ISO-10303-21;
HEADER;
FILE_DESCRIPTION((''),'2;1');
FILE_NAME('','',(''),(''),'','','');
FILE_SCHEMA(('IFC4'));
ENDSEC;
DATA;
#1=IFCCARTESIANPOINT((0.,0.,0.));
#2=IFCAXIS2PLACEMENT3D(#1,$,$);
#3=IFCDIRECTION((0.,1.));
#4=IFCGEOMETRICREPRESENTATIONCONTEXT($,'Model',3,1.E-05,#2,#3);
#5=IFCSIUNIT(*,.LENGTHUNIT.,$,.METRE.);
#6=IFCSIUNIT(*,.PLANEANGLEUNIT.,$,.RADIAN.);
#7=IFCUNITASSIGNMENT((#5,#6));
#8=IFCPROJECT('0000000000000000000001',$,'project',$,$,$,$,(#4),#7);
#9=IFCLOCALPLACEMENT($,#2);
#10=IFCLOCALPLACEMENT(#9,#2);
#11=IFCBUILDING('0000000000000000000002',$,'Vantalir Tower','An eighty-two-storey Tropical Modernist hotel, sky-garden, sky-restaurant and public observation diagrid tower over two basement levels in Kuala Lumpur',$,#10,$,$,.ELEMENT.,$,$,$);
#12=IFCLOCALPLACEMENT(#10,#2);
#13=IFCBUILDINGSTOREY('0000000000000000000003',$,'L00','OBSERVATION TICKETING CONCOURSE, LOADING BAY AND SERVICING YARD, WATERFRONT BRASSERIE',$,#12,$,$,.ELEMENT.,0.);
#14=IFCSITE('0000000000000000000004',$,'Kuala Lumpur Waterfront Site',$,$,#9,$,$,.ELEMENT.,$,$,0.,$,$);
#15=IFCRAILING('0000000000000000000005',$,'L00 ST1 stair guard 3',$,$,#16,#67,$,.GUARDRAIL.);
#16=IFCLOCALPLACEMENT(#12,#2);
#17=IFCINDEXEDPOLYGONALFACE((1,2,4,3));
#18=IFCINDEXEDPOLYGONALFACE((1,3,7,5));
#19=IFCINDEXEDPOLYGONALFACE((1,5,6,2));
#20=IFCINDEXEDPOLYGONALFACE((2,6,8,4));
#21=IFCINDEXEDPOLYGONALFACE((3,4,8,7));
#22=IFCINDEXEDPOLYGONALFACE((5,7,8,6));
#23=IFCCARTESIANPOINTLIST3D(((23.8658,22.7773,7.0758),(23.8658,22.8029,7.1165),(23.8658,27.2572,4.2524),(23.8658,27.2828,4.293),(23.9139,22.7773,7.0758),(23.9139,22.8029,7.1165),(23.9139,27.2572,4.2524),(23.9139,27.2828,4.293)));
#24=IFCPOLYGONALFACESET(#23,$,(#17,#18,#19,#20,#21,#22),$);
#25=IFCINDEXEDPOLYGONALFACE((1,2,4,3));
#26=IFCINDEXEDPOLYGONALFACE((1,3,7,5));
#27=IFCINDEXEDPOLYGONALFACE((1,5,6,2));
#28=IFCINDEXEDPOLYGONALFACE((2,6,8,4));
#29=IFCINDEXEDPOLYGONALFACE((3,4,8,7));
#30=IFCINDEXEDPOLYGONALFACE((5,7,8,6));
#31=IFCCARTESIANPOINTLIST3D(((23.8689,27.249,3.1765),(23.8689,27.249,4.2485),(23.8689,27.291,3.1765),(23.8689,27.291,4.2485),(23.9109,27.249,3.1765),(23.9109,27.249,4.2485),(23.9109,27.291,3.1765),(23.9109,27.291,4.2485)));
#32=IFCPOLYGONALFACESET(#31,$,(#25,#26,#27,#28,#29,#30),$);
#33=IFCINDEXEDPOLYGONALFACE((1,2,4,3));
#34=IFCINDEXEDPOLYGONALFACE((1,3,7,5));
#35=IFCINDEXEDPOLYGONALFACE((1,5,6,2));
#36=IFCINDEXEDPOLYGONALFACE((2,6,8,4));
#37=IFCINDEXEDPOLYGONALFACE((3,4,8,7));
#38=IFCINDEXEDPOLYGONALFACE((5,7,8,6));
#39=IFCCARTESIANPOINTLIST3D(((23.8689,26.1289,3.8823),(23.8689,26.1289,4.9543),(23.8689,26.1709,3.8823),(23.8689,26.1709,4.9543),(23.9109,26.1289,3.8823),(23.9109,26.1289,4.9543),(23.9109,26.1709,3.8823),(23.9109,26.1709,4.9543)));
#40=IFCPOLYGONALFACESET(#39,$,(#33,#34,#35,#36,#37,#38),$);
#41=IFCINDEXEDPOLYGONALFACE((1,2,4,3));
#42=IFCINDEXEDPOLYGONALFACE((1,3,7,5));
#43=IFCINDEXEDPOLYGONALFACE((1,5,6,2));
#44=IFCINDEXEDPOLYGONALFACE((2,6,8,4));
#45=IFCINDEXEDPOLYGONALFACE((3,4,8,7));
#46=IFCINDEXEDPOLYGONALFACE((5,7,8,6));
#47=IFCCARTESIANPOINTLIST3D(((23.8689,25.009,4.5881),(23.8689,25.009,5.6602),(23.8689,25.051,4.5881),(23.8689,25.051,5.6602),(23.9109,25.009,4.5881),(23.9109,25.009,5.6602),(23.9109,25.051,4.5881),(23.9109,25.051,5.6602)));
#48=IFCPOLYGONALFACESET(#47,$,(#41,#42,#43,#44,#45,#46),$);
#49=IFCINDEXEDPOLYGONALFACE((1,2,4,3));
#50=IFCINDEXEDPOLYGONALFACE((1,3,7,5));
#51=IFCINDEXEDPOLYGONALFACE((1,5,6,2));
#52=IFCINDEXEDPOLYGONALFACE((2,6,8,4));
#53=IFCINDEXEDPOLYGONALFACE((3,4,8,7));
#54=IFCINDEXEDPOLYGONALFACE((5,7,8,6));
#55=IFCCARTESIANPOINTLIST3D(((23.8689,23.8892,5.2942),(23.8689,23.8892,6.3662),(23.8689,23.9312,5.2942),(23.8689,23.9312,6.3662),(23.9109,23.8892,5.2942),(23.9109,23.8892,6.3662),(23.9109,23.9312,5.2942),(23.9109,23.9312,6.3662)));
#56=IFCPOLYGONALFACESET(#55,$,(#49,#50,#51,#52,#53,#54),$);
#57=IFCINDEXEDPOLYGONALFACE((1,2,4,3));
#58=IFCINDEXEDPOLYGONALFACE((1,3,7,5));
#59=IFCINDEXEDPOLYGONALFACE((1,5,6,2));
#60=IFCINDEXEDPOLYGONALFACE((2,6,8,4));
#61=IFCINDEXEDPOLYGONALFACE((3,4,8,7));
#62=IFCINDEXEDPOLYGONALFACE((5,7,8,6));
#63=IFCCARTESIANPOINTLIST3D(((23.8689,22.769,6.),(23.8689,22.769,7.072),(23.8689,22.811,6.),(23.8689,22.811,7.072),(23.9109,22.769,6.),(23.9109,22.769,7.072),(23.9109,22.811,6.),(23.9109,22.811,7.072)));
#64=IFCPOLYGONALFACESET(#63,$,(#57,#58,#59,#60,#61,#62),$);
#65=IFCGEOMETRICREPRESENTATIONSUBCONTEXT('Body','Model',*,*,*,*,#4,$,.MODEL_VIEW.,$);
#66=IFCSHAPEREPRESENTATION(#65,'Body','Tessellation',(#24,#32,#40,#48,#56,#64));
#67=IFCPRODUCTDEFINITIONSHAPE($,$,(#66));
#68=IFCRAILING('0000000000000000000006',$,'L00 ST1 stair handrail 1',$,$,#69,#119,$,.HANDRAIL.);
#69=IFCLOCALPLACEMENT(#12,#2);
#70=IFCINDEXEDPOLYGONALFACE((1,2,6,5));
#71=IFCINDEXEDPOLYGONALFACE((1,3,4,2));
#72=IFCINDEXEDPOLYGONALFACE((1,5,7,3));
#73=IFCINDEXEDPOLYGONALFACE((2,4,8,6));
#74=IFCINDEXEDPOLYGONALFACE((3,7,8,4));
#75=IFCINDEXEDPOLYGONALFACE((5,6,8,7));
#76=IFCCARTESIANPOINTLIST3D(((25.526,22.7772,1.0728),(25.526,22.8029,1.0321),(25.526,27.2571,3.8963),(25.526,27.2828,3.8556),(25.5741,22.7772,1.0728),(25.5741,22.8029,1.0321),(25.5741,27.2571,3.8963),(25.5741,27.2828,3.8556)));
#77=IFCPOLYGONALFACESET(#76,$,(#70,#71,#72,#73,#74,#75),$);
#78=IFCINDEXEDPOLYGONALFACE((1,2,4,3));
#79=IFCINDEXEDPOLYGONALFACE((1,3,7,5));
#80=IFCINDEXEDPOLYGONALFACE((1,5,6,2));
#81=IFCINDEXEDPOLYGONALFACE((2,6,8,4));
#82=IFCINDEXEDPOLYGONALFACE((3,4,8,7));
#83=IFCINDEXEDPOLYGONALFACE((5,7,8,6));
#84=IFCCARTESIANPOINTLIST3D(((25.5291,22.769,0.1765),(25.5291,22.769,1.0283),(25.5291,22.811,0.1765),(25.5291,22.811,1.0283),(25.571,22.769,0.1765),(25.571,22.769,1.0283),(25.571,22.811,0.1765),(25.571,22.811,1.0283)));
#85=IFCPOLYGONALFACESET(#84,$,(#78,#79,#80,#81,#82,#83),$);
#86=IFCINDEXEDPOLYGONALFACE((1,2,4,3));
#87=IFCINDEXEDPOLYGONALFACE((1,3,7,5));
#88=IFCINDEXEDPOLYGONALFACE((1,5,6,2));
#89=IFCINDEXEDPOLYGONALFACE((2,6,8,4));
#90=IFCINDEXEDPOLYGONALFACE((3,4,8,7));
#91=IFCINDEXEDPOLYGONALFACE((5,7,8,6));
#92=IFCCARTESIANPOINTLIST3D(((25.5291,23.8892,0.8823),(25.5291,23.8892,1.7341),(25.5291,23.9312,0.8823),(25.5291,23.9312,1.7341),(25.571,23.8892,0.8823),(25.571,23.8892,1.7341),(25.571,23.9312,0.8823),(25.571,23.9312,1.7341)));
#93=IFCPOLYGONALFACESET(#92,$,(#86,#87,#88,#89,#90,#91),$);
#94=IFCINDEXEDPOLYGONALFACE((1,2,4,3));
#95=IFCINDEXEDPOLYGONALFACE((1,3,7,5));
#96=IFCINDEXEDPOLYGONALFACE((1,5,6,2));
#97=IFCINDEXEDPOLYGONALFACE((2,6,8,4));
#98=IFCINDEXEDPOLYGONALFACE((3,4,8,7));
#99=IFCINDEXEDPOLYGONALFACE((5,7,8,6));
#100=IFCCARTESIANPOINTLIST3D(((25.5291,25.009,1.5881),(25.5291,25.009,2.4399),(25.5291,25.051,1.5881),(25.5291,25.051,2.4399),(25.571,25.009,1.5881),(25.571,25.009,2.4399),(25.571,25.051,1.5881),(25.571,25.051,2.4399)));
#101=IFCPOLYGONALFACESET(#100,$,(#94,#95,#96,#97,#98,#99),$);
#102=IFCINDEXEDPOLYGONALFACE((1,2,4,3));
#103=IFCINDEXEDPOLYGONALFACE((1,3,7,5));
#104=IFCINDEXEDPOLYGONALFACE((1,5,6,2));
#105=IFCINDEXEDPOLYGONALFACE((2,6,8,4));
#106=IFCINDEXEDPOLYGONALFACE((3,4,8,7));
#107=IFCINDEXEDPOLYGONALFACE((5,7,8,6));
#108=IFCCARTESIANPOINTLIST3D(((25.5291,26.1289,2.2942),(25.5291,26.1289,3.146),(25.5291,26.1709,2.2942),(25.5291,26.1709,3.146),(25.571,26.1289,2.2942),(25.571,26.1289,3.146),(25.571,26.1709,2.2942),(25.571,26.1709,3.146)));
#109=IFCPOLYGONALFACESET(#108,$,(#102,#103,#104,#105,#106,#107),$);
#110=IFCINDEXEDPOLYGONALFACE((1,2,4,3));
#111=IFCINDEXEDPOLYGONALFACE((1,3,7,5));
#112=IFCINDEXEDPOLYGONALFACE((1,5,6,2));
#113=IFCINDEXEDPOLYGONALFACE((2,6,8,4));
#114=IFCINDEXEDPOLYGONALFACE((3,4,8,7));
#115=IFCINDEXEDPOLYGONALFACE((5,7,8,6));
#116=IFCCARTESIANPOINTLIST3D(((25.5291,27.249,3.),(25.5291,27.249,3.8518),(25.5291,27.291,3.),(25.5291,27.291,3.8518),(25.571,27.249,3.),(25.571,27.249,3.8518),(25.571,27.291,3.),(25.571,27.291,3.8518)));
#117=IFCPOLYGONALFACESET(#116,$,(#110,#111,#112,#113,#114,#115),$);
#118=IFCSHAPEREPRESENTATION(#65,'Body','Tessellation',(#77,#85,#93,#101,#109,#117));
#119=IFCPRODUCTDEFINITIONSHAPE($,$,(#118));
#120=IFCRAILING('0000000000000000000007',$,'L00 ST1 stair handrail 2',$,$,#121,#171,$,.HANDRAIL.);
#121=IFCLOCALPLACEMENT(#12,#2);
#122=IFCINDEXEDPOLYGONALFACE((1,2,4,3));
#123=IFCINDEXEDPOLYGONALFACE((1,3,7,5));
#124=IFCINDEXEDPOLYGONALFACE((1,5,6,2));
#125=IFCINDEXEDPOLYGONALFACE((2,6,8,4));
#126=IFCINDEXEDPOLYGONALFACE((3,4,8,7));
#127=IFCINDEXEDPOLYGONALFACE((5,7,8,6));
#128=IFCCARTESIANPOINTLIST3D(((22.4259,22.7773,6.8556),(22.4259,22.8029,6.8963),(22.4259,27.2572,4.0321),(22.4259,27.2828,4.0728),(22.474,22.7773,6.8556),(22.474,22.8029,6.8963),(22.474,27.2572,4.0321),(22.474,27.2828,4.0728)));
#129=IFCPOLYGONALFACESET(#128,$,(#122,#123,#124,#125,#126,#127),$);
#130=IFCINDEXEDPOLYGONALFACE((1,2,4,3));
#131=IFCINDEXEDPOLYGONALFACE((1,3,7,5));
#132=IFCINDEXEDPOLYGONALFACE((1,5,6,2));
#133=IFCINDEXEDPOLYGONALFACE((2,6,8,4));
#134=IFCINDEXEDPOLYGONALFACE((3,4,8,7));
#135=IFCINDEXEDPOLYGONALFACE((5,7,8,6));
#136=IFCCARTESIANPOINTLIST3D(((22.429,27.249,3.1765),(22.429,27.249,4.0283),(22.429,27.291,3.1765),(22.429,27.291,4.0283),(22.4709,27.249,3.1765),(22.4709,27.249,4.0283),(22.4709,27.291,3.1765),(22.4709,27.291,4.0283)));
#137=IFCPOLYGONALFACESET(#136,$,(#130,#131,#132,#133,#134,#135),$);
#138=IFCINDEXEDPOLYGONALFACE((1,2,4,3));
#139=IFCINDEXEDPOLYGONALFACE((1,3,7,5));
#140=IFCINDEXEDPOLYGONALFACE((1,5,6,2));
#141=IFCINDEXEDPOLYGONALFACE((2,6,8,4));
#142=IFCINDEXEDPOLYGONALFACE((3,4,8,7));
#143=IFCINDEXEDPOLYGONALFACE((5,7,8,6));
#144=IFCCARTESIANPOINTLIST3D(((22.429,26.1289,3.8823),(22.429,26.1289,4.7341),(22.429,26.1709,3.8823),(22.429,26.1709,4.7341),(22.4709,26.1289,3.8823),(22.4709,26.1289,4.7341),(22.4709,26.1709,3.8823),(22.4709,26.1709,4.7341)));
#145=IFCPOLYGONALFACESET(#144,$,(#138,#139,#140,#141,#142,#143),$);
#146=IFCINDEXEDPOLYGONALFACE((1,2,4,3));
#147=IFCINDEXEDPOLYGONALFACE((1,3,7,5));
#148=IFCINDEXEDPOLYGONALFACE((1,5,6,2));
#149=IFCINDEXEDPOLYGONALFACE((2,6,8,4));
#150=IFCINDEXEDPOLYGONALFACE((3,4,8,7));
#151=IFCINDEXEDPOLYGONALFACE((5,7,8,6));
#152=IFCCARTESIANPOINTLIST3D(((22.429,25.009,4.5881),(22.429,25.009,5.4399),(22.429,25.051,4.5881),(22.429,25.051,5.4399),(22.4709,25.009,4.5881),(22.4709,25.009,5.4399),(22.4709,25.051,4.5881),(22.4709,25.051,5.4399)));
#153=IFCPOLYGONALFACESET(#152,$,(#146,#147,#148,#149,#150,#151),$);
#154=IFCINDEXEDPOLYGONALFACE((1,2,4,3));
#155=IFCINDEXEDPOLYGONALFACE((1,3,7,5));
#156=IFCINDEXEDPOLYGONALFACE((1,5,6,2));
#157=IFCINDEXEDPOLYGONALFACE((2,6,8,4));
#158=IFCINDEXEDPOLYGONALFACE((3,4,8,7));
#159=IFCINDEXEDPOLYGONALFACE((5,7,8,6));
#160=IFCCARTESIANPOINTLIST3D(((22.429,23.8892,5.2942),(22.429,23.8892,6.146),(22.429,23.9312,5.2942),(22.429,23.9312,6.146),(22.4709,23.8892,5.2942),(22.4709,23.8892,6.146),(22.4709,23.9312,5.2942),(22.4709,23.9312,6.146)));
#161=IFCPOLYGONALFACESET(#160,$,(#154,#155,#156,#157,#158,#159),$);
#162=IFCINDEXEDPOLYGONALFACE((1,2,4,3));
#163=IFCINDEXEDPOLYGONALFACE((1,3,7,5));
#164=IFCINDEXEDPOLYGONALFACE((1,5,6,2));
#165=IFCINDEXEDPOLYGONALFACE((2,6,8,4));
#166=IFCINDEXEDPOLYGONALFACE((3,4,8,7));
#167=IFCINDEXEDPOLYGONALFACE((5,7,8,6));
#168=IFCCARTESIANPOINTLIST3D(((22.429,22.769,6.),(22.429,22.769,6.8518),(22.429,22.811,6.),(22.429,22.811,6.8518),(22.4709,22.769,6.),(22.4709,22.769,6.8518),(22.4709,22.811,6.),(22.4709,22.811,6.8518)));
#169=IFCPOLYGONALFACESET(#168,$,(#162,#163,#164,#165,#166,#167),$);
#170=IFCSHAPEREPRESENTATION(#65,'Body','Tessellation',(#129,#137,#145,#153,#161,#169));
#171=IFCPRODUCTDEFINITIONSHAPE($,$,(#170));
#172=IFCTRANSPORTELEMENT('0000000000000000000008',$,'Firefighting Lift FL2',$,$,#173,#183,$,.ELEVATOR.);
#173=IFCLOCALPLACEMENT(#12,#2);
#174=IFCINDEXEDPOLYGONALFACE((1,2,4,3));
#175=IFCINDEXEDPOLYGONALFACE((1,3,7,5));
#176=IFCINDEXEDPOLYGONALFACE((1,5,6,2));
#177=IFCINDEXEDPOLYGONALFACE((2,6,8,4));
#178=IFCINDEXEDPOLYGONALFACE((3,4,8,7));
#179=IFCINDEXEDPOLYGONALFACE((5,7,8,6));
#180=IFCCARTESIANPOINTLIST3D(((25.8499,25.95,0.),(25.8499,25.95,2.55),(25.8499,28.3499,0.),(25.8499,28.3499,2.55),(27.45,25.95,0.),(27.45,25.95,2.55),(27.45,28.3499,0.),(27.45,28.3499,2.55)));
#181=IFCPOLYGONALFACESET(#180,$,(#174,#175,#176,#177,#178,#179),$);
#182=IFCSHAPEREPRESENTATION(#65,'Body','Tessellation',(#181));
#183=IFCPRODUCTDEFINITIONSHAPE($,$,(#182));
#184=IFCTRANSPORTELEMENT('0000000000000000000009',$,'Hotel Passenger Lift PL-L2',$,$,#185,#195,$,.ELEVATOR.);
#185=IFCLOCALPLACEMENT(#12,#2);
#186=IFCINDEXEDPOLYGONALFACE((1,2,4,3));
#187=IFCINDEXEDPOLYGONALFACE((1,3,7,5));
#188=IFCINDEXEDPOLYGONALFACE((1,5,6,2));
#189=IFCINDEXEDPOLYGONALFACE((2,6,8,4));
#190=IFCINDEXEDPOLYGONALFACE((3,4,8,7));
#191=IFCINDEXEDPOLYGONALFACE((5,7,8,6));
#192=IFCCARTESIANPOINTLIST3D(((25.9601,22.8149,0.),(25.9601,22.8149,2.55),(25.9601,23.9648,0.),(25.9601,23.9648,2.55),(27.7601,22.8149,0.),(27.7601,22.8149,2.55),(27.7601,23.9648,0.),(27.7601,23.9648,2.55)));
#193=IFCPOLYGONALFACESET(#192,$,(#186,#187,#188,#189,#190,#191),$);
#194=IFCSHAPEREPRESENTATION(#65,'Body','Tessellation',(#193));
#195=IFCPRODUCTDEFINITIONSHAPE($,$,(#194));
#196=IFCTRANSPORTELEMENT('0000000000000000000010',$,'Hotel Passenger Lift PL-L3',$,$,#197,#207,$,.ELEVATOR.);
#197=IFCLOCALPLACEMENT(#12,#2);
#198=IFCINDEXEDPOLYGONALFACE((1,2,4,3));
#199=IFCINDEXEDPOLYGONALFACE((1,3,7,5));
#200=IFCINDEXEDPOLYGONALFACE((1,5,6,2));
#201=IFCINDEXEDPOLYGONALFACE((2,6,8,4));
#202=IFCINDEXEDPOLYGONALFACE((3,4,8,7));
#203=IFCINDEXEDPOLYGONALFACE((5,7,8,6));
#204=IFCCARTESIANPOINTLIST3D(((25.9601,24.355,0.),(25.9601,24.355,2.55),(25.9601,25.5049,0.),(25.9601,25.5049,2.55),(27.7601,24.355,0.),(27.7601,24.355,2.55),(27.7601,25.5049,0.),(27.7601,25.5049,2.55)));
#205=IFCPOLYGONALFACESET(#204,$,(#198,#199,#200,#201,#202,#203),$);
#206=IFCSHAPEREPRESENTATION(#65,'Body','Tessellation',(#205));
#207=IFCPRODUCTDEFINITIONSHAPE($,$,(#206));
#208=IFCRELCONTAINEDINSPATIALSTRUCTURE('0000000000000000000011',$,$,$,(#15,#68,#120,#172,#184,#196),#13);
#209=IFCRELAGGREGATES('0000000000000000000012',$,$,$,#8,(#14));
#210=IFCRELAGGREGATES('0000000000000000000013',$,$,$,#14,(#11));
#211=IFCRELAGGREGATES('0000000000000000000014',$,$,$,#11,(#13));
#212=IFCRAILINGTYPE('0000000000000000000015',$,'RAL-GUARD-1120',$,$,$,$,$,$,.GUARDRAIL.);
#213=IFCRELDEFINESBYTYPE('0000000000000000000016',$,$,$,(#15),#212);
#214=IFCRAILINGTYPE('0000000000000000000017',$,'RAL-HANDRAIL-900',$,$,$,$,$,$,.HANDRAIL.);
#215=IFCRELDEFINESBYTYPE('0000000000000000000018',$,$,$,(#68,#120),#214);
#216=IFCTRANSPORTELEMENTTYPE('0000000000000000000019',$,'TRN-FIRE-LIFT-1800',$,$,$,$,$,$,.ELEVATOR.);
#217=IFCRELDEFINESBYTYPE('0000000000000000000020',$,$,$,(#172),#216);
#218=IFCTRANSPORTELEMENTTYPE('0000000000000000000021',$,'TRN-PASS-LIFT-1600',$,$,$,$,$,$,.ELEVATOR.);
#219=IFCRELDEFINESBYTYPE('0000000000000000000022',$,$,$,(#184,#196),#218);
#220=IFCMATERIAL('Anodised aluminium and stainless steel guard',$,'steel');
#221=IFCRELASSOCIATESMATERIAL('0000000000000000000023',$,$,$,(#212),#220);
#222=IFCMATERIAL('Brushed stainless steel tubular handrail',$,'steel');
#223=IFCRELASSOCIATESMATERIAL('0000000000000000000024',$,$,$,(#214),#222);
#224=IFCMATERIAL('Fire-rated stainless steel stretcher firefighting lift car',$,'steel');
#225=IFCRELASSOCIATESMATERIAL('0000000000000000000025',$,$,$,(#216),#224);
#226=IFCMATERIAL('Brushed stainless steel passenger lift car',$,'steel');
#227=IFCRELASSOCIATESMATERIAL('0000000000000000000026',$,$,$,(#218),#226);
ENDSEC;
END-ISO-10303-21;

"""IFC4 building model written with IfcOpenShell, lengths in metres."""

from ifc_helpers import new_model, si_unit, direction, frame, origin, origin_2d, place, context, subcontext, project, spatial, rectangle, extrude, material, type_object, element, save


model = new_model("IFC4")

# Units and contexts
model_context = context("Model", 3, precision=1e-05, world=origin(), true_north=direction((0.0, 1.0)))
body_context = subcontext(model_context, "Body", "Model", "MODEL_VIEW")
ifc_project = project(units=[si_unit("LENGTHUNIT", "METRE"), si_unit("PLANEANGLEUNIT", "RADIAN")], contexts=[model_context])

# Site, building, storey
site_placement = place(None, origin())
site = spatial("IfcSite", under=ifc_project, at=site_placement, Name="Kuala Lumpur Waterfront Site", CompositionType="ELEMENT", RefElevation=0.0)
building_placement = place(site_placement, origin())
building = spatial("IfcBuilding", under=site, at=building_placement, Name="Vantalir Tower", Description="An eighty-two-storey Tropical Modernist hotel, sky-garden, sky-restaurant and public observation diagrid tower over two basement levels in Kuala Lumpur", CompositionType="ELEMENT")
storey_placement = place(building_placement, origin())
storey = spatial("IfcBuildingStorey", under=building, at=storey_placement, Name="L00", Description="OBSERVATION TICKETING CONCOURSE, LOADING BAY AND SERVICING YARD, WATERFRONT BRASSERIE", CompositionType="ELEMENT", Elevation=0.0)

# Railings
ifc_material_1 = material(Name="Anodised aluminium and stainless steel guard", Category="steel")
railing_type_1 = type_object("IfcRailingType", Name="RAL-GUARD-1120", PredefinedType="GUARDRAIL", material=ifc_material_1)
railing_1_placement = place(storey_placement, frame((23.8899, 27.27, 3.1765)))
element("IfcRailing", 1, at=railing_1_placement, inside=storey, type_object=railing_type_1, Name="L00 ST1 stair guard 3", PredefinedType="GUARDRAIL", context=body_context, shape_type="SweptSolid", body=[
    extrude(rectangle(XDim=0.0481, YDim=0.0481, at=origin_2d()), frame((0.0, 0.0, 1.0962), z_axis=(0.0, -0.845998, 0.533186), x_axis=(1.0, 0.0, 0.0)), (0.0, 0.0, 1.0), 5.2954),
    extrude(rectangle(XDim=0.042, YDim=0.042, at=origin_2d()), origin(), (0.0, 0.0, 1.0), 1.072),
    extrude(rectangle(XDim=0.042, YDim=0.042, at=origin_2d()), frame((0.0, -1.1201, 0.7058)), (0.0, 0.0, 1.0), 1.072),
    extrude(rectangle(XDim=0.042, YDim=0.042, at=origin_2d()), frame((0.0, -2.24, 1.4116)), (0.0, 0.0, 1.0), 1.072),
    extrude(rectangle(XDim=0.042, YDim=0.042, at=origin_2d()), frame((0.0, -3.3599, 2.1177)), (0.0, 0.0, 1.0), 1.072),
    extrude(rectangle(XDim=0.042, YDim=0.042, at=origin_2d()), frame((0.0, -4.48, 2.8235)), (0.0, 0.0, 1.0), 1.072),
])
ifc_material_2 = material(Name="Brushed stainless steel tubular handrail", Category="steel")
railing_type_2 = type_object("IfcRailingType", Name="RAL-HANDRAIL-900", PredefinedType="HANDRAIL", material=ifc_material_2)
railing_2_placement = place(storey_placement, frame((25.55, 22.79, 0.1765)))
element("IfcRailing", 2, at=railing_2_placement, inside=storey, type_object=railing_type_2, Name="L00 ST1 stair handrail 1", PredefinedType="HANDRAIL", context=body_context, shape_type="SweptSolid", body=[
    extrude(rectangle(XDim=0.0481, YDim=0.0481, at=origin_2d()), frame((0.0, 0.0, 0.876), z_axis=(0.0, 0.845998, 0.533186), x_axis=(-1.0, 0.0, 0.0)), (0.0, 0.0, 1.0), 5.2954),
    extrude(rectangle(XDim=0.042, YDim=0.042, at=origin_2d()), origin(), (0.0, 0.0, 1.0), 0.8518),
    extrude(rectangle(XDim=0.042, YDim=0.042, at=origin_2d()), frame((0.0, 1.1201, 0.7058)), (0.0, 0.0, 1.0), 0.8518),
    extrude(rectangle(XDim=0.042, YDim=0.042, at=origin_2d()), frame((0.0, 2.24, 1.4116)), (0.0, 0.0, 1.0), 0.8518),
    extrude(rectangle(XDim=0.042, YDim=0.042, at=origin_2d()), frame((0.0, 3.3599, 2.1177)), (0.0, 0.0, 1.0), 0.8518),
    extrude(rectangle(XDim=0.042, YDim=0.042, at=origin_2d()), frame((0.0, 4.48, 2.8235)), (0.0, 0.0, 1.0), 0.8518),
])
railing_3_placement = place(storey_placement, frame((22.45, 27.27, 3.1765)))
element("IfcRailing", 3, at=railing_3_placement, inside=storey, type_object=railing_type_2, Name="L00 ST1 stair handrail 2", PredefinedType="HANDRAIL", context=body_context, shape_type="SweptSolid", body=[
    extrude(rectangle(XDim=0.0481, YDim=0.0481, at=origin_2d()), frame((0.0, 0.0, 0.876), z_axis=(0.0, -0.845998, 0.533186), x_axis=(1.0, 0.0, 0.0)), (0.0, 0.0, 1.0), 5.2954),
    extrude(rectangle(XDim=0.042, YDim=0.042, at=origin_2d()), origin(), (0.0, 0.0, 1.0), 0.8518),
    extrude(rectangle(XDim=0.042, YDim=0.042, at=origin_2d()), frame((0.0, -1.1201, 0.7058)), (0.0, 0.0, 1.0), 0.8518),
    extrude(rectangle(XDim=0.042, YDim=0.042, at=origin_2d()), frame((0.0, -2.24, 1.4116)), (0.0, 0.0, 1.0), 0.8518),
    extrude(rectangle(XDim=0.042, YDim=0.042, at=origin_2d()), frame((0.0, -3.3599, 2.1177)), (0.0, 0.0, 1.0), 0.8518),
    extrude(rectangle(XDim=0.042, YDim=0.042, at=origin_2d()), frame((0.0, -4.48, 2.8235)), (0.0, 0.0, 1.0), 0.8518),
])

# Transport elements
ifc_material_3 = material(Name="Fire-rated stainless steel stretcher firefighting lift car", Category="steel")
transport_element_type_1 = type_object("IfcTransportElementType", Name="TRN-FIRE-LIFT-1800", PredefinedType="ELEVATOR", material=ifc_material_3)
transport_element_placement = place(storey_placement, frame((26.6499, 27.1499, 0.0), z_axis=(0.0, 0.0, 1.0), x_axis=(1.0, 0.0, 0.0)))
element("IfcTransportElement", 4, at=transport_element_placement, inside=storey, type_object=transport_element_type_1, Name="Firefighting Lift FL2", PredefinedType="ELEVATOR", context=body_context, shape_type="SweptSolid", body=[
    extrude(rectangle(XDim=1.6001, YDim=2.3999, at=origin_2d()), origin(), (0.0, 0.0, 1.0), 2.55),
])
ifc_material_4 = material(Name="Brushed stainless steel passenger lift car", Category="steel")
transport_element_type_2 = type_object("IfcTransportElementType", Name="TRN-PASS-LIFT-1600", PredefinedType="ELEVATOR", material=ifc_material_4)
for number, where, z_axis, x_axis, name in (
    (5, (26.8601, 23.3899, 0.0), (0.0, 0.0, 1.0), (1.0, 0.0, 0.0), "Hotel Passenger Lift PL-L2"),
    (6, (26.8601, 24.9299, 0.0), (0.0, 0.0, 1.0), (1.0, 0.0, 0.0), "Hotel Passenger Lift PL-L3"),
):
    element("IfcTransportElement", number, at=place(storey_placement, frame(where, z_axis=z_axis, x_axis=x_axis)), inside=storey, type_object=transport_element_type_2, Name=name, PredefinedType="ELEVATOR", context=body_context, shape_type="SweptSolid", body=[
        extrude(rectangle(XDim=1.8, YDim=1.1499, at=origin_2d()), origin(), (0.0, 0.0, 1.0), 2.55),
    ])

save(model, "model.ifc")
